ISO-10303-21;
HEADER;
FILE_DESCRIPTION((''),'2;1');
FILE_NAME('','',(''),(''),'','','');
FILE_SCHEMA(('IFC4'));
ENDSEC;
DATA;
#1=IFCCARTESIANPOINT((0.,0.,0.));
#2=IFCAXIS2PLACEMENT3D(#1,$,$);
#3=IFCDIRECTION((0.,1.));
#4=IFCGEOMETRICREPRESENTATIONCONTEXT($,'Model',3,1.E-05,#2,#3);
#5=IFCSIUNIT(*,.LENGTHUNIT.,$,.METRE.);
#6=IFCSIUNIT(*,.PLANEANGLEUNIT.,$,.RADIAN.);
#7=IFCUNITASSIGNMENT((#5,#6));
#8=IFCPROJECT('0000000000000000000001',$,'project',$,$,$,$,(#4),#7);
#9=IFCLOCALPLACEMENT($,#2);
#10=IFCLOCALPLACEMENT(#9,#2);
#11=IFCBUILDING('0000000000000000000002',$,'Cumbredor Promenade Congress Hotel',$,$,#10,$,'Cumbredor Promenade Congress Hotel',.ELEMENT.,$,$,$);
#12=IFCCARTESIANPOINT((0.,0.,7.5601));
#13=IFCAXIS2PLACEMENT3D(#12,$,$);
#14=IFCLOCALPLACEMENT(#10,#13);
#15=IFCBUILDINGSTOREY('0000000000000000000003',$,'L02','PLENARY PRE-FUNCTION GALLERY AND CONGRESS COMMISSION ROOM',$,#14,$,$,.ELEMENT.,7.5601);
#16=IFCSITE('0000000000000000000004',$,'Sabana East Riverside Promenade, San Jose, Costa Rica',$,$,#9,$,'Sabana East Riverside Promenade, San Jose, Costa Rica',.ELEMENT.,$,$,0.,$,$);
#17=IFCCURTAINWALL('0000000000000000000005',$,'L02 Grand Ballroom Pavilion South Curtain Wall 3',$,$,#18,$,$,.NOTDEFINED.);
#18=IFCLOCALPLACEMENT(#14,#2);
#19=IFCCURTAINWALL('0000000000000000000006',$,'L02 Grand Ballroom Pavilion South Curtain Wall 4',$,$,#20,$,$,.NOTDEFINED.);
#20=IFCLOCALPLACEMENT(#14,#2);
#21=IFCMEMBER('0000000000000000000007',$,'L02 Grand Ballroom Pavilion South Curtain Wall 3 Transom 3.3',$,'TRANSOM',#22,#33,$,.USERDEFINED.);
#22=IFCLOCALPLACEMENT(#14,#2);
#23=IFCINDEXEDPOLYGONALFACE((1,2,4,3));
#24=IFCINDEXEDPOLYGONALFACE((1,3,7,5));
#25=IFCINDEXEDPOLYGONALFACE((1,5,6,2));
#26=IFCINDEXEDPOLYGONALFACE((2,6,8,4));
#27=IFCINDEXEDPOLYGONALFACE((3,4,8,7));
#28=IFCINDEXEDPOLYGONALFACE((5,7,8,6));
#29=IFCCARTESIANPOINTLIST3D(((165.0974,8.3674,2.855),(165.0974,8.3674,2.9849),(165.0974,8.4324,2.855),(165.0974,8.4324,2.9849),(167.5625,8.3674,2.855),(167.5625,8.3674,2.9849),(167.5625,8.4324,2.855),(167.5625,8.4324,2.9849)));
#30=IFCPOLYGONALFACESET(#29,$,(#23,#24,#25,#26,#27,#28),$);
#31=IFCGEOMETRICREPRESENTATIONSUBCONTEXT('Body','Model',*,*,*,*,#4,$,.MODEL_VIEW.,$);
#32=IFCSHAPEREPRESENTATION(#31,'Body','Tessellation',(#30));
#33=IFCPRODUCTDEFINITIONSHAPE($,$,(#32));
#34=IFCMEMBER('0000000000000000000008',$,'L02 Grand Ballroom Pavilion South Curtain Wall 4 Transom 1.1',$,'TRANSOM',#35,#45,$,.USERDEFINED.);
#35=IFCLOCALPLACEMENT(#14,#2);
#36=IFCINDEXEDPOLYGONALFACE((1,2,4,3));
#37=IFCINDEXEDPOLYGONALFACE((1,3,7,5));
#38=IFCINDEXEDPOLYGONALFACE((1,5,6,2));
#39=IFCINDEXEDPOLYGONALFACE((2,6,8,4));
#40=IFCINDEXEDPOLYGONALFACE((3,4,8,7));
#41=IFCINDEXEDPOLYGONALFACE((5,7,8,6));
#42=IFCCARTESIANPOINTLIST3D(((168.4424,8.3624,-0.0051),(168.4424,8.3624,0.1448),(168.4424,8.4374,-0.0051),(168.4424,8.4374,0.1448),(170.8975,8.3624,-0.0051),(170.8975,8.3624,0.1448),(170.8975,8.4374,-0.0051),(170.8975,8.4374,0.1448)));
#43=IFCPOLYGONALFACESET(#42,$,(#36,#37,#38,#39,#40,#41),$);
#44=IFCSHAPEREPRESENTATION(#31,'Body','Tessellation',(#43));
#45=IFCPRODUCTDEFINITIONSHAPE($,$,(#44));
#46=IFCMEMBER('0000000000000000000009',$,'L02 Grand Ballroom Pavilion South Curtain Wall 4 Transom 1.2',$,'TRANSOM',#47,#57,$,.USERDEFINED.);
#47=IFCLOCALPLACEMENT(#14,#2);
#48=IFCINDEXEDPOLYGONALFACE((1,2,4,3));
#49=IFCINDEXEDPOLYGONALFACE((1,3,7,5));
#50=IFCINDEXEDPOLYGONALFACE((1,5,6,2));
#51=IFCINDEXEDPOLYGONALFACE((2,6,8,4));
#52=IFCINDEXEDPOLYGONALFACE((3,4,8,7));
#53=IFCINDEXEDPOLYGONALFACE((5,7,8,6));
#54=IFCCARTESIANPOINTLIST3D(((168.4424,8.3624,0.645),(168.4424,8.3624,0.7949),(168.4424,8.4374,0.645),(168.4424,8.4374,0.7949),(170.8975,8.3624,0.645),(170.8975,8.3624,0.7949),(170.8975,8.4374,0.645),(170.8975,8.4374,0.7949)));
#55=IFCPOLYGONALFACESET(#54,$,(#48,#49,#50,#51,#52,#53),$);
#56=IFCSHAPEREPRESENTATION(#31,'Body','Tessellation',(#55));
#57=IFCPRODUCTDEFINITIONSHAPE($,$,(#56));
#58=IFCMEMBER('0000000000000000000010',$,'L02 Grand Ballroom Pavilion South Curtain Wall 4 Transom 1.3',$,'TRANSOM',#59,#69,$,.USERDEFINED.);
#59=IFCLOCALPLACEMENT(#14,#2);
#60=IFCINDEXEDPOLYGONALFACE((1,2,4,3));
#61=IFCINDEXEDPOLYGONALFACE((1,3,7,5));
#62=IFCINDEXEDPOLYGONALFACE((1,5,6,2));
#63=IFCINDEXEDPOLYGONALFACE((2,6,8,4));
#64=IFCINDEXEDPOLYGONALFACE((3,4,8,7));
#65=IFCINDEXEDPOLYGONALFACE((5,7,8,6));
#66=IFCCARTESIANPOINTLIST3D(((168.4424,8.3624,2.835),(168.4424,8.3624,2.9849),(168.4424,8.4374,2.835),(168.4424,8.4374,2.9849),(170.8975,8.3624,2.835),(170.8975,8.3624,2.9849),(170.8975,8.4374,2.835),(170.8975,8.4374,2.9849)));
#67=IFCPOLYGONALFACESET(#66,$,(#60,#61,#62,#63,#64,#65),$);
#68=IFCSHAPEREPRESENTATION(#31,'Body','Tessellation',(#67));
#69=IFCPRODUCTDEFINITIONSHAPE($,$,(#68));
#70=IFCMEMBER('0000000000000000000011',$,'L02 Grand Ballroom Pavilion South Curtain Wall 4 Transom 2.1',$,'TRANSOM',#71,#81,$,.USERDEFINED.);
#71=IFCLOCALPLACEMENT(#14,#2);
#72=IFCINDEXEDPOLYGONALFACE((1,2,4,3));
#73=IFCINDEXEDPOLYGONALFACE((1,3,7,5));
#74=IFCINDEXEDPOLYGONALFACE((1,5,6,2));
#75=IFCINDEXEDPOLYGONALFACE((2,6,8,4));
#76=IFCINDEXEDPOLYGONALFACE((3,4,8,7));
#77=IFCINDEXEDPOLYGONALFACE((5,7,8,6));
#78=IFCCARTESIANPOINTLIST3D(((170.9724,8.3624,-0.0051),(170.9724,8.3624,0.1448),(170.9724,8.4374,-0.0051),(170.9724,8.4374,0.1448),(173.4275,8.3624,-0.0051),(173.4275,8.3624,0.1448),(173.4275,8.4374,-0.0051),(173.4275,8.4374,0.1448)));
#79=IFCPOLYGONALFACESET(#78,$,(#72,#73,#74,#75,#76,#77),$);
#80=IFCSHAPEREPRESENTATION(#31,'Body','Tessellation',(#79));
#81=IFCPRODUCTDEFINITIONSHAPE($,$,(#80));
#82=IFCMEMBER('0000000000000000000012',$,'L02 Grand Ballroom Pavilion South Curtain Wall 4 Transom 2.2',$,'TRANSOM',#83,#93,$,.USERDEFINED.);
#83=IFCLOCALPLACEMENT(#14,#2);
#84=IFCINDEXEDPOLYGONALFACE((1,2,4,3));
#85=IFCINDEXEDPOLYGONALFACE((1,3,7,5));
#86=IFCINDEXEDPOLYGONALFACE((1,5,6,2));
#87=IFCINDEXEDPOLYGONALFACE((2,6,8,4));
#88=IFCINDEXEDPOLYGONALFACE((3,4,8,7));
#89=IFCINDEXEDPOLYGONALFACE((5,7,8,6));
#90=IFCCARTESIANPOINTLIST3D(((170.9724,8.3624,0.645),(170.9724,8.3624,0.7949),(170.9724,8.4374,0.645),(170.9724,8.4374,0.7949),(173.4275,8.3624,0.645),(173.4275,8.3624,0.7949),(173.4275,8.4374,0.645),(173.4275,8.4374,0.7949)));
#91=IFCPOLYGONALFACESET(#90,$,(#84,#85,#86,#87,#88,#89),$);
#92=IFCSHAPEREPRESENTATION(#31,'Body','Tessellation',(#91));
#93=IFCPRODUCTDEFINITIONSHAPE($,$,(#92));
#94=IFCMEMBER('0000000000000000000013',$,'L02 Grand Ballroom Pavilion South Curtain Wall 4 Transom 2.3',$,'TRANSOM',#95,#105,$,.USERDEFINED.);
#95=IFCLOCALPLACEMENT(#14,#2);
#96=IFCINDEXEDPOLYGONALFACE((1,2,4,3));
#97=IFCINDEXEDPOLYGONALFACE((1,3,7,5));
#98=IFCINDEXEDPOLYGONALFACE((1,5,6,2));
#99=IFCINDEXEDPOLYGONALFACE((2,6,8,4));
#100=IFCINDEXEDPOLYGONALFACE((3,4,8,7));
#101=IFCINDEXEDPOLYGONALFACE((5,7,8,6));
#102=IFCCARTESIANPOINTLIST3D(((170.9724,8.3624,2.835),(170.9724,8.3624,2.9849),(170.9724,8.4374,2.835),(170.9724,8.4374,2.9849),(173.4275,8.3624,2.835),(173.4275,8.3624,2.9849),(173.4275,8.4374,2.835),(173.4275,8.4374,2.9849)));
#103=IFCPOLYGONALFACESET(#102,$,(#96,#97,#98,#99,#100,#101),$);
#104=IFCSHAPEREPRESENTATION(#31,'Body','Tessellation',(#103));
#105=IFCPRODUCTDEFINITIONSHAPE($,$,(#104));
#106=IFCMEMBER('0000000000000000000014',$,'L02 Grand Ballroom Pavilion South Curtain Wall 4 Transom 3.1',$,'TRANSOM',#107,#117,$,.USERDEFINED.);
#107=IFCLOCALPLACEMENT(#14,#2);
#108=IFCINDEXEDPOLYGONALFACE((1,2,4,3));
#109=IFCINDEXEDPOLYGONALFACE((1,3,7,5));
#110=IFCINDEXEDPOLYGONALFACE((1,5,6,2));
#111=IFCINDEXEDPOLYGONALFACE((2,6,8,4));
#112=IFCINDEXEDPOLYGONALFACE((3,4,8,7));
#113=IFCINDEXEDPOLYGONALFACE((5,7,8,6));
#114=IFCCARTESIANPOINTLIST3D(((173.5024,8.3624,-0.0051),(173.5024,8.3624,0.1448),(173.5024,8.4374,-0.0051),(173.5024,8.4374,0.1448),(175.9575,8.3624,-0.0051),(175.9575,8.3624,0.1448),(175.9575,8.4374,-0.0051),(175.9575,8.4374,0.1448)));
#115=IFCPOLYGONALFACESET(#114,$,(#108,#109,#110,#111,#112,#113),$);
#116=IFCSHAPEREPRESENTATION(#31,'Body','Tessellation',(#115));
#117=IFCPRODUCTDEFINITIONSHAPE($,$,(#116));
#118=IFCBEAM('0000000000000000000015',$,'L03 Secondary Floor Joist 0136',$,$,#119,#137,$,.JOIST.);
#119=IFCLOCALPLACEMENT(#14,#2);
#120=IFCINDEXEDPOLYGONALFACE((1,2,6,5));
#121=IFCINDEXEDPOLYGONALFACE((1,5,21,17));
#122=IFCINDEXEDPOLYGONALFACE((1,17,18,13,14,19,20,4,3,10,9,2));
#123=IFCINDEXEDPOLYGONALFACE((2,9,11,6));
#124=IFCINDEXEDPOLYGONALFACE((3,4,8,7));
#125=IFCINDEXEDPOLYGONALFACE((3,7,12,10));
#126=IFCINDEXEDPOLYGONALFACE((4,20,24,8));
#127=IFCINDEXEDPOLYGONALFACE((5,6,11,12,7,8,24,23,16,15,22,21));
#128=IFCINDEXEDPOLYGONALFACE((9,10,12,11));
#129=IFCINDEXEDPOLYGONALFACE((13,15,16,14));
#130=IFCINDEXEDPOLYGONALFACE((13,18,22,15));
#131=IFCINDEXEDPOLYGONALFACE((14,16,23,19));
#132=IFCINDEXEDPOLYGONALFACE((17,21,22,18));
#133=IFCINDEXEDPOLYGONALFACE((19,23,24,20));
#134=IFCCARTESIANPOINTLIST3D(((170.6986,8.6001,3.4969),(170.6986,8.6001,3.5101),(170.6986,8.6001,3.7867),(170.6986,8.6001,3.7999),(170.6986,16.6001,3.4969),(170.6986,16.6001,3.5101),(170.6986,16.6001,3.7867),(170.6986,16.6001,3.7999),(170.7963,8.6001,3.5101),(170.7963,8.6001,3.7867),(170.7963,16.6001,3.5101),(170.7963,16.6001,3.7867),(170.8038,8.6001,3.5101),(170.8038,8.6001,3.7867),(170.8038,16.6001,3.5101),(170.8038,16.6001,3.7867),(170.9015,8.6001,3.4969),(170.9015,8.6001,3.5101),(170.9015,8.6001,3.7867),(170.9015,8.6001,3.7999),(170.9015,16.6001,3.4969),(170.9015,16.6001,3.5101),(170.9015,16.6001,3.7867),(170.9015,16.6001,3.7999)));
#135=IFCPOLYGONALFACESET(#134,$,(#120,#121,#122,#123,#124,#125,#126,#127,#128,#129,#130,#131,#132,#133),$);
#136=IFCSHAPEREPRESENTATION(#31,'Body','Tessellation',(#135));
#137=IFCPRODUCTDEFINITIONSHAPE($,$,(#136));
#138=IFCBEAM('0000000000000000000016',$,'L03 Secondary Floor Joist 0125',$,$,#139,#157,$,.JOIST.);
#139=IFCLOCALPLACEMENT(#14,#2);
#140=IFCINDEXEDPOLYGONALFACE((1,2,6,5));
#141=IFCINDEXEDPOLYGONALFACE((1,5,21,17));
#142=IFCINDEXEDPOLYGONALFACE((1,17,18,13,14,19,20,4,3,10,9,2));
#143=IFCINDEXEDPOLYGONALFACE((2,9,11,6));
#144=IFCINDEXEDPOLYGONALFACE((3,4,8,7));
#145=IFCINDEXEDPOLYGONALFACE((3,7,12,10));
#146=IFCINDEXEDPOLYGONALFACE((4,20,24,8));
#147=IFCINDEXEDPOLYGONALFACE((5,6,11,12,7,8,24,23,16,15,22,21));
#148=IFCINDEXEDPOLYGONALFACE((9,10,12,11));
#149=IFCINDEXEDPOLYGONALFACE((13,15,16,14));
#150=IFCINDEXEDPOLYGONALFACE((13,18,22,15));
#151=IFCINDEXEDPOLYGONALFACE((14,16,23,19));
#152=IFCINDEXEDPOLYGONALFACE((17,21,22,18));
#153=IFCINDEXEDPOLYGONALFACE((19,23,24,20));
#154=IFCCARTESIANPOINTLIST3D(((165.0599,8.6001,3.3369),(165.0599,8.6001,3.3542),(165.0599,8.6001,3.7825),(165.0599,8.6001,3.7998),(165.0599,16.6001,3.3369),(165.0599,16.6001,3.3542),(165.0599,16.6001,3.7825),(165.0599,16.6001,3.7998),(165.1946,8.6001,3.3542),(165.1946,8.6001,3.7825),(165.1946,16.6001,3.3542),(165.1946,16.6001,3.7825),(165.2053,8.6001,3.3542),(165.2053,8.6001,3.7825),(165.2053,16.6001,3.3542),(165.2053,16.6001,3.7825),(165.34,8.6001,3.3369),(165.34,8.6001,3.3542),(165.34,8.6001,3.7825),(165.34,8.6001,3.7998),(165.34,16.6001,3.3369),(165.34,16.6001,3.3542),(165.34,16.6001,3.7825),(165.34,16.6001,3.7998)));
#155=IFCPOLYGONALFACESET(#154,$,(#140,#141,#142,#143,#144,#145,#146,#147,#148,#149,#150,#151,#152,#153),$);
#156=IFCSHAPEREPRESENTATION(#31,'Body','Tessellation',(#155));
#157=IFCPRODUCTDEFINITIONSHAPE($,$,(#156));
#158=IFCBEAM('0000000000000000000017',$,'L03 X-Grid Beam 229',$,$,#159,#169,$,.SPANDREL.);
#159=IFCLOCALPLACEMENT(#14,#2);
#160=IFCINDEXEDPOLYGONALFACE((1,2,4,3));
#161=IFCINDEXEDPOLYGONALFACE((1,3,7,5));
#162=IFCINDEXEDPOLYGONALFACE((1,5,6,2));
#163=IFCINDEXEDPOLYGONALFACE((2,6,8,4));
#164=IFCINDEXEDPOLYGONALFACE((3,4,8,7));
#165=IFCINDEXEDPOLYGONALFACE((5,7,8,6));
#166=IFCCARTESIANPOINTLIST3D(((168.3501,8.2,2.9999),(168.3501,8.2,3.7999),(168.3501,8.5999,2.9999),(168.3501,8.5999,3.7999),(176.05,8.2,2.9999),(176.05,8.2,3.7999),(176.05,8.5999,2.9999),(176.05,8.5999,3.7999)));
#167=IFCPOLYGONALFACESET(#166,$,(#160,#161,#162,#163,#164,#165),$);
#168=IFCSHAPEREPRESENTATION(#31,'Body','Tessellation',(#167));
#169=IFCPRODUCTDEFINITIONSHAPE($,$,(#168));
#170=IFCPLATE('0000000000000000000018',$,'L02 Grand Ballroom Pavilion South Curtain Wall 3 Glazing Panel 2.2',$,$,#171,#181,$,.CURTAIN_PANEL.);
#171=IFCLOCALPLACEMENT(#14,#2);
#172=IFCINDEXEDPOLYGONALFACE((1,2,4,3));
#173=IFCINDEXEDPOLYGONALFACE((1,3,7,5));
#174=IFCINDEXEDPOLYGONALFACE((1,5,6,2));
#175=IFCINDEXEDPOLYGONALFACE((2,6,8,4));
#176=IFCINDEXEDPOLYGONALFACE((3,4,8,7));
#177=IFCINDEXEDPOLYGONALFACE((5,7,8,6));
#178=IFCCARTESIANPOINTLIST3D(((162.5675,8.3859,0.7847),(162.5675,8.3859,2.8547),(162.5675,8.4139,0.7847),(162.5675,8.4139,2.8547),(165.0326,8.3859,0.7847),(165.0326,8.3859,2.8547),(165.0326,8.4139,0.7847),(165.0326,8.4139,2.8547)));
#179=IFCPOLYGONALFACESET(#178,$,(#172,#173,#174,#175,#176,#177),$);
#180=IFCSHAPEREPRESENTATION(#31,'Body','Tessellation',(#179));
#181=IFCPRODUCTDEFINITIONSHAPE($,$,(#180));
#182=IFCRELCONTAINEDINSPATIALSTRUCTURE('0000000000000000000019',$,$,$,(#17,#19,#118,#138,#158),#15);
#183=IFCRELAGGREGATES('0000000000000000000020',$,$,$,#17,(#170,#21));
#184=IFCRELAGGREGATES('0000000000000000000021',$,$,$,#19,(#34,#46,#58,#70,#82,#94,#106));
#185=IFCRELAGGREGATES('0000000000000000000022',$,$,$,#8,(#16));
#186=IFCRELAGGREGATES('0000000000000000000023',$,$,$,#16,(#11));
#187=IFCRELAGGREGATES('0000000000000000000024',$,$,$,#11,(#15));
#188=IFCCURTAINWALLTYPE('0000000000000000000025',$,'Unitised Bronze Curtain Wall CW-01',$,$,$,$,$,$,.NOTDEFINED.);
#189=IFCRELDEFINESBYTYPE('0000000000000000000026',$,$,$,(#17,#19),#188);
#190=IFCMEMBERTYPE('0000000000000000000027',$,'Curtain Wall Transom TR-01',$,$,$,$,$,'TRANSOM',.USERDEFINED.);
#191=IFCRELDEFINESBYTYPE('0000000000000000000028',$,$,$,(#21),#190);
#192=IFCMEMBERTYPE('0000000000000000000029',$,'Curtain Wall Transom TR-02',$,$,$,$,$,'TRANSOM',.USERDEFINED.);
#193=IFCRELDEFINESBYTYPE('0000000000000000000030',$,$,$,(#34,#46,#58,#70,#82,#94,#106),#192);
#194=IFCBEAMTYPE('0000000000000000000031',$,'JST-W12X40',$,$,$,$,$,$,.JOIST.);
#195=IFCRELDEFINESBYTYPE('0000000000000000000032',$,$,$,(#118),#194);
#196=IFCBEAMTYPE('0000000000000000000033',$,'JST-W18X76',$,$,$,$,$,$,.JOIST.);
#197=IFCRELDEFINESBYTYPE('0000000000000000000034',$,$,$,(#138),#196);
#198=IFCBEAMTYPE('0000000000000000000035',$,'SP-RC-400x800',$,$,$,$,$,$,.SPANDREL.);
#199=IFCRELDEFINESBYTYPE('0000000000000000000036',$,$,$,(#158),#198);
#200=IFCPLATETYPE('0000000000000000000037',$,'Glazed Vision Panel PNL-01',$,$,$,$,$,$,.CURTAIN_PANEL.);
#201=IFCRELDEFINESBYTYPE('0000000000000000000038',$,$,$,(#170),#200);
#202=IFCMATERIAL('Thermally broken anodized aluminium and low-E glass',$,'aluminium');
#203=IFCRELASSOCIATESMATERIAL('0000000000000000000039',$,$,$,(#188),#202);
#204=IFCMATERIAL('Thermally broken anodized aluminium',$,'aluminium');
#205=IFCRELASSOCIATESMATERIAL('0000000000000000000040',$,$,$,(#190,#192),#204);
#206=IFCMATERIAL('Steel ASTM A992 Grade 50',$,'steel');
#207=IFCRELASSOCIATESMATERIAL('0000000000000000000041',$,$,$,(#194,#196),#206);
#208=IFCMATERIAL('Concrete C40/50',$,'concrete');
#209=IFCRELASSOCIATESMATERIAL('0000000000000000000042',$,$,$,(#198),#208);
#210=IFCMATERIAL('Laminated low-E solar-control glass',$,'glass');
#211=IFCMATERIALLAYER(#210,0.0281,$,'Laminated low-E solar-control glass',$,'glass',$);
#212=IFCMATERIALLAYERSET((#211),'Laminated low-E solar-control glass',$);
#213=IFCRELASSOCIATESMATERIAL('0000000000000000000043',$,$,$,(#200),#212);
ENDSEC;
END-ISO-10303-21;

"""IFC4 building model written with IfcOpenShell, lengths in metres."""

from ifc_helpers import new_model, si_unit, direction, frame, origin, origin_2d, place, context, subcontext, project, spatial, rectangle, i_section, extrude, material, layer, layer_set, material_profile, profile_set, type_object, element, aggregate, save


model = new_model("IFC4")

# Units and contexts
model_context = context("Model", 3, precision=1e-05, world=origin(), true_north=direction((0.0, 1.0)))
body_context = subcontext(model_context, "Body", "Model", "MODEL_VIEW")
ifc_project = project(units=[si_unit("LENGTHUNIT", "METRE"), si_unit("PLANEANGLEUNIT", "RADIAN")], contexts=[model_context])

# Site, building, storey
site_placement = place(None, origin())
site = spatial("IfcSite", under=ifc_project, at=site_placement, Name="Sabana East Riverside Promenade, San Jose, Costa Rica", LongName="Sabana East Riverside Promenade, San Jose, Costa Rica", CompositionType="ELEMENT", RefElevation=0.0)
building_placement = place(site_placement, origin())
building = spatial("IfcBuilding", under=site, at=building_placement, Name="Cumbredor Promenade Congress Hotel", LongName="Cumbredor Promenade Congress Hotel", CompositionType="ELEMENT")
storey_placement = place(building_placement, frame((0.0, 0.0, 7.5601)))
storey = spatial("IfcBuildingStorey", under=building, at=storey_placement, Name="L02", Description="PLENARY PRE-FUNCTION GALLERY AND CONGRESS COMMISSION ROOM", CompositionType="ELEMENT", Elevation=7.5601)

# Shared definitions
ifc_material_1 = material(Name="Concrete C40/50", Category="concrete")

# Curtain walls
ifc_material_2 = material(Name="Thermally broken anodized aluminium and low-E glass", Category="aluminium")
curtain_wall_type = type_object("IfcCurtainWallType", Name="Unitised Bronze Curtain Wall CW-01", PredefinedType="NOTDEFINED", material=ifc_material_2)
curtain_wall_1_placement = place(storey_placement, origin())
curtain_wall_1 = element("IfcCurtainWall", 1, at=curtain_wall_1_placement, inside=storey, type_object=curtain_wall_type, Name="L02 Grand Ballroom Pavilion South Curtain Wall 3", PredefinedType="NOTDEFINED")
ifc_material_3 = material(Name="Thermally broken anodized aluminium", Category="aluminium")
curtain_wall_2_placement = place(storey_placement, origin())
curtain_wall_2 = element("IfcCurtainWall", 2, at=curtain_wall_2_placement, inside=storey, type_object=curtain_wall_type, Name="L02 Grand Ballroom Pavilion South Curtain Wall 4", PredefinedType="NOTDEFINED")

# Members
ifc_material_profile_1 = material_profile(ifc_material_3, rectangle(XDim=0.0649, YDim=0.1299, at=origin_2d()), Name="ALU TRANSOM 65x130")
ifc_profile_set_1 = profile_set([ifc_material_profile_1], Name="Thermally broken anodized aluminium")
member_type_1 = type_object("IfcMemberType", Name="Curtain Wall Transom TR-01", ElementType="TRANSOM", PredefinedType="USERDEFINED", material=ifc_profile_set_1)
member_1_placement = place(storey_placement, frame((165.0974, 8.3999, 2.9199), z_axis=(1.0, 0.0, 0.0), x_axis=(0.0, 1.0, 0.0)))
member_1 = element("IfcMember", 3, at=member_1_placement, type_object=member_type_1, Name="L02 Grand Ballroom Pavilion South Curtain Wall 3 Transom 3.3", ObjectType="TRANSOM", PredefinedType="USERDEFINED", context=body_context, shape_type="SweptSolid", body=[
    extrude(rectangle(XDim=0.0649, YDim=0.1299, at=origin_2d()), origin(), (0.0, 0.0, 1.0), 2.4651),
])
ifc_material_profile_2 = material_profile(ifc_material_3, rectangle(XDim=0.075, YDim=0.1499, at=origin_2d()), Name="ALU TRANSOM 75x150")
ifc_profile_set_2 = profile_set([ifc_material_profile_2], Name="Thermally broken anodized aluminium")
member_type_2 = type_object("IfcMemberType", Name="Curtain Wall Transom TR-02", ElementType="TRANSOM", PredefinedType="USERDEFINED", material=ifc_profile_set_2)
member_2_placement = place(storey_placement, frame((168.4424, 8.3999, 0.0698), z_axis=(1.0, 0.0, 0.0), x_axis=(0.0, 1.0, 0.0)))
member_2 = element("IfcMember", 4, at=member_2_placement, type_object=member_type_2, Name="L02 Grand Ballroom Pavilion South Curtain Wall 4 Transom 1.1", ObjectType="TRANSOM", PredefinedType="USERDEFINED", context=body_context, shape_type="SweptSolid", body=[
    extrude(rectangle(XDim=0.075, YDim=0.1499, at=origin_2d()), origin(), (0.0, 0.0, 1.0), 2.4551),
])
member_3_placement = place(storey_placement, frame((168.4424, 8.3999, 0.72), z_axis=(1.0, 0.0, 0.0), x_axis=(0.0, 1.0, 0.0)))
member_3 = element("IfcMember", 5, at=member_3_placement, type_object=member_type_2, Name="L02 Grand Ballroom Pavilion South Curtain Wall 4 Transom 1.2", ObjectType="TRANSOM", PredefinedType="USERDEFINED", context=body_context, shape_type="SweptSolid", body=[
    extrude(rectangle(XDim=0.075, YDim=0.1499, at=origin_2d()), origin(), (0.0, 0.0, 1.0), 2.4551),
])
member_4_placement = place(storey_placement, frame((168.4424, 8.3999, 2.9099), z_axis=(1.0, 0.0, 0.0), x_axis=(0.0, 1.0, 0.0)))
member_4 = element("IfcMember", 6, at=member_4_placement, type_object=member_type_2, Name="L02 Grand Ballroom Pavilion South Curtain Wall 4 Transom 1.3", ObjectType="TRANSOM", PredefinedType="USERDEFINED", context=body_context, shape_type="SweptSolid", body=[
    extrude(rectangle(XDim=0.075, YDim=0.1499, at=origin_2d()), origin(), (0.0, 0.0, 1.0), 2.4551),
])
member_5_placement = place(storey_placement, frame((170.9724, 8.3999, 0.0698), z_axis=(1.0, 0.0, 0.0), x_axis=(0.0, 1.0, 0.0)))
member_5 = element("IfcMember", 7, at=member_5_placement, type_object=member_type_2, Name="L02 Grand Ballroom Pavilion South Curtain Wall 4 Transom 2.1", ObjectType="TRANSOM", PredefinedType="USERDEFINED", context=body_context, shape_type="SweptSolid", body=[
    extrude(rectangle(XDim=0.075, YDim=0.1499, at=origin_2d()), origin(), (0.0, 0.0, 1.0), 2.4551),
])
member_6_placement = place(storey_placement, frame((170.9724, 8.3999, 0.72), z_axis=(1.0, 0.0, 0.0), x_axis=(0.0, 1.0, 0.0)))
member_6 = element("IfcMember", 8, at=member_6_placement, type_object=member_type_2, Name="L02 Grand Ballroom Pavilion South Curtain Wall 4 Transom 2.2", ObjectType="TRANSOM", PredefinedType="USERDEFINED", context=body_context, shape_type="SweptSolid", body=[
    extrude(rectangle(XDim=0.075, YDim=0.1499, at=origin_2d()), origin(), (0.0, 0.0, 1.0), 2.4551),
])
member_7_placement = place(storey_placement, frame((170.9724, 8.3999, 2.9099), z_axis=(1.0, 0.0, 0.0), x_axis=(0.0, 1.0, 0.0)))
member_7 = element("IfcMember", 9, at=member_7_placement, type_object=member_type_2, Name="L02 Grand Ballroom Pavilion South Curtain Wall 4 Transom 2.3", ObjectType="TRANSOM", PredefinedType="USERDEFINED", context=body_context, shape_type="SweptSolid", body=[
    extrude(rectangle(XDim=0.075, YDim=0.1499, at=origin_2d()), origin(), (0.0, 0.0, 1.0), 2.4551),
])
member_8_placement = place(storey_placement, frame((173.5024, 8.3999, 0.0698), z_axis=(1.0, 0.0, 0.0), x_axis=(0.0, 1.0, 0.0)))
member_8 = element("IfcMember", 10, at=member_8_placement, type_object=member_type_2, Name="L02 Grand Ballroom Pavilion South Curtain Wall 4 Transom 3.1", ObjectType="TRANSOM", PredefinedType="USERDEFINED", context=body_context, shape_type="SweptSolid", body=[
    extrude(rectangle(XDim=0.075, YDim=0.1499, at=origin_2d()), origin(), (0.0, 0.0, 1.0), 2.4551),
])

# Beams
ifc_material_4 = material(Name="Steel ASTM A992 Grade 50", Category="steel")
ifc_material_profile_3 = material_profile(ifc_material_4, i_section(OverallWidth=0.2029, OverallDepth=0.303, WebThickness=0.0076, FlangeThickness=0.0132, at=origin_2d()), Name="W12X40")
ifc_profile_set_3 = profile_set([ifc_material_profile_3], Name="Steel ASTM A992 Grade 50")
beam_type_1 = type_object("IfcBeamType", Name="JST-W12X40", PredefinedType="JOIST", material=ifc_profile_set_3)
beam_1_placement = place(storey_placement, frame((170.8, 8.6001, 3.6484), z_axis=(0.0, 1.0, 0.0), x_axis=(-1.0, 0.0, 0.0)))
element("IfcBeam", 11, at=beam_1_placement, inside=storey, type_object=beam_type_1, Name="L03 Secondary Floor Joist 0136", PredefinedType="JOIST", context=body_context, shape_type="SweptSolid", body=[
    extrude(i_section(OverallWidth=0.2029, OverallDepth=0.303, WebThickness=0.0076, FlangeThickness=0.0132, at=origin_2d()), origin(), (0.0, 0.0, 1.0), 8.0),
])
ifc_material_profile_4 = material_profile(ifc_material_4, i_section(OverallWidth=0.28, OverallDepth=0.4629, WebThickness=0.0107, FlangeThickness=0.0173, at=origin_2d()), Name="W18X76")
ifc_profile_set_4 = profile_set([ifc_material_profile_4], Name="Steel ASTM A992 Grade 50")
beam_type_2 = type_object("IfcBeamType", Name="JST-W18X76", PredefinedType="JOIST", material=ifc_profile_set_4)
beam_2_placement = place(storey_placement, frame((165.2, 8.6001, 3.5684), z_axis=(0.0, 1.0, 0.0), x_axis=(-1.0, 0.0, 0.0)))
element("IfcBeam", 12, at=beam_2_placement, inside=storey, type_object=beam_type_2, Name="L03 Secondary Floor Joist 0125", PredefinedType="JOIST", context=body_context, shape_type="SweptSolid", body=[
    extrude(i_section(OverallWidth=0.28, OverallDepth=0.4629, WebThickness=0.0107, FlangeThickness=0.0173, at=origin_2d()), origin(), (0.0, 0.0, 1.0), 8.0),
])
ifc_material_profile_5 = material_profile(ifc_material_1, rectangle(XDim=0.3999, YDim=0.8, at=origin_2d()), Name="RC SPANDREL 400x800")
ifc_profile_set_5 = profile_set([ifc_material_profile_5], Name="Concrete C40/50")
beam_type_3 = type_object("IfcBeamType", Name="SP-RC-400x800", PredefinedType="SPANDREL", material=ifc_profile_set_5)
beam_3_placement = place(storey_placement, frame((168.3501, 8.3999, 3.3999), z_axis=(1.0, 0.0, 0.0), x_axis=(0.0, 1.0, 0.0)))
element("IfcBeam", 13, at=beam_3_placement, inside=storey, type_object=beam_type_3, Name="L03 X-Grid Beam 229", PredefinedType="SPANDREL", context=body_context, shape_type="SweptSolid", body=[
    extrude(rectangle(XDim=0.3999, YDim=0.8, at=origin_2d()), origin(), (0.0, 0.0, 1.0), 7.7),
])

# Plate
ifc_material_5 = material(Name="Laminated low-E solar-control glass", Category="glass")
ifc_layer_1 = layer(ifc_material_5, 0.0281, Name="Laminated low-E solar-control glass", Category="glass")
ifc_layer_set_1 = layer_set([ifc_layer_1], Name="Laminated low-E solar-control glass")
plate_type_1 = type_object("IfcPlateType", Name="Glazed Vision Panel PNL-01", PredefinedType="CURTAIN_PANEL", material=ifc_layer_set_1)
plate_1_placement = place(storey_placement, frame((163.8, 8.3999, 0.7847), z_axis=(0.0, 0.0, 1.0), x_axis=(1.0, 0.0, 0.0)))
plate_1 = element("IfcPlate", 14, at=plate_1_placement, type_object=plate_type_1, Name="L02 Grand Ballroom Pavilion South Curtain Wall 3 Glazing Panel 2.2", PredefinedType="CURTAIN_PANEL", context=body_context, shape_type="SweptSolid", body=[
    extrude(rectangle(XDim=2.4651, YDim=0.0281, at=origin_2d()), origin(), (0.0, 0.0, 1.0), 2.0701),
])
aggregate(curtain_wall_1, [plate_1, member_1])
aggregate(curtain_wall_2, [member_2, member_3, member_4, member_5, member_6, member_7, member_8])

save(model, "model.ifc")
